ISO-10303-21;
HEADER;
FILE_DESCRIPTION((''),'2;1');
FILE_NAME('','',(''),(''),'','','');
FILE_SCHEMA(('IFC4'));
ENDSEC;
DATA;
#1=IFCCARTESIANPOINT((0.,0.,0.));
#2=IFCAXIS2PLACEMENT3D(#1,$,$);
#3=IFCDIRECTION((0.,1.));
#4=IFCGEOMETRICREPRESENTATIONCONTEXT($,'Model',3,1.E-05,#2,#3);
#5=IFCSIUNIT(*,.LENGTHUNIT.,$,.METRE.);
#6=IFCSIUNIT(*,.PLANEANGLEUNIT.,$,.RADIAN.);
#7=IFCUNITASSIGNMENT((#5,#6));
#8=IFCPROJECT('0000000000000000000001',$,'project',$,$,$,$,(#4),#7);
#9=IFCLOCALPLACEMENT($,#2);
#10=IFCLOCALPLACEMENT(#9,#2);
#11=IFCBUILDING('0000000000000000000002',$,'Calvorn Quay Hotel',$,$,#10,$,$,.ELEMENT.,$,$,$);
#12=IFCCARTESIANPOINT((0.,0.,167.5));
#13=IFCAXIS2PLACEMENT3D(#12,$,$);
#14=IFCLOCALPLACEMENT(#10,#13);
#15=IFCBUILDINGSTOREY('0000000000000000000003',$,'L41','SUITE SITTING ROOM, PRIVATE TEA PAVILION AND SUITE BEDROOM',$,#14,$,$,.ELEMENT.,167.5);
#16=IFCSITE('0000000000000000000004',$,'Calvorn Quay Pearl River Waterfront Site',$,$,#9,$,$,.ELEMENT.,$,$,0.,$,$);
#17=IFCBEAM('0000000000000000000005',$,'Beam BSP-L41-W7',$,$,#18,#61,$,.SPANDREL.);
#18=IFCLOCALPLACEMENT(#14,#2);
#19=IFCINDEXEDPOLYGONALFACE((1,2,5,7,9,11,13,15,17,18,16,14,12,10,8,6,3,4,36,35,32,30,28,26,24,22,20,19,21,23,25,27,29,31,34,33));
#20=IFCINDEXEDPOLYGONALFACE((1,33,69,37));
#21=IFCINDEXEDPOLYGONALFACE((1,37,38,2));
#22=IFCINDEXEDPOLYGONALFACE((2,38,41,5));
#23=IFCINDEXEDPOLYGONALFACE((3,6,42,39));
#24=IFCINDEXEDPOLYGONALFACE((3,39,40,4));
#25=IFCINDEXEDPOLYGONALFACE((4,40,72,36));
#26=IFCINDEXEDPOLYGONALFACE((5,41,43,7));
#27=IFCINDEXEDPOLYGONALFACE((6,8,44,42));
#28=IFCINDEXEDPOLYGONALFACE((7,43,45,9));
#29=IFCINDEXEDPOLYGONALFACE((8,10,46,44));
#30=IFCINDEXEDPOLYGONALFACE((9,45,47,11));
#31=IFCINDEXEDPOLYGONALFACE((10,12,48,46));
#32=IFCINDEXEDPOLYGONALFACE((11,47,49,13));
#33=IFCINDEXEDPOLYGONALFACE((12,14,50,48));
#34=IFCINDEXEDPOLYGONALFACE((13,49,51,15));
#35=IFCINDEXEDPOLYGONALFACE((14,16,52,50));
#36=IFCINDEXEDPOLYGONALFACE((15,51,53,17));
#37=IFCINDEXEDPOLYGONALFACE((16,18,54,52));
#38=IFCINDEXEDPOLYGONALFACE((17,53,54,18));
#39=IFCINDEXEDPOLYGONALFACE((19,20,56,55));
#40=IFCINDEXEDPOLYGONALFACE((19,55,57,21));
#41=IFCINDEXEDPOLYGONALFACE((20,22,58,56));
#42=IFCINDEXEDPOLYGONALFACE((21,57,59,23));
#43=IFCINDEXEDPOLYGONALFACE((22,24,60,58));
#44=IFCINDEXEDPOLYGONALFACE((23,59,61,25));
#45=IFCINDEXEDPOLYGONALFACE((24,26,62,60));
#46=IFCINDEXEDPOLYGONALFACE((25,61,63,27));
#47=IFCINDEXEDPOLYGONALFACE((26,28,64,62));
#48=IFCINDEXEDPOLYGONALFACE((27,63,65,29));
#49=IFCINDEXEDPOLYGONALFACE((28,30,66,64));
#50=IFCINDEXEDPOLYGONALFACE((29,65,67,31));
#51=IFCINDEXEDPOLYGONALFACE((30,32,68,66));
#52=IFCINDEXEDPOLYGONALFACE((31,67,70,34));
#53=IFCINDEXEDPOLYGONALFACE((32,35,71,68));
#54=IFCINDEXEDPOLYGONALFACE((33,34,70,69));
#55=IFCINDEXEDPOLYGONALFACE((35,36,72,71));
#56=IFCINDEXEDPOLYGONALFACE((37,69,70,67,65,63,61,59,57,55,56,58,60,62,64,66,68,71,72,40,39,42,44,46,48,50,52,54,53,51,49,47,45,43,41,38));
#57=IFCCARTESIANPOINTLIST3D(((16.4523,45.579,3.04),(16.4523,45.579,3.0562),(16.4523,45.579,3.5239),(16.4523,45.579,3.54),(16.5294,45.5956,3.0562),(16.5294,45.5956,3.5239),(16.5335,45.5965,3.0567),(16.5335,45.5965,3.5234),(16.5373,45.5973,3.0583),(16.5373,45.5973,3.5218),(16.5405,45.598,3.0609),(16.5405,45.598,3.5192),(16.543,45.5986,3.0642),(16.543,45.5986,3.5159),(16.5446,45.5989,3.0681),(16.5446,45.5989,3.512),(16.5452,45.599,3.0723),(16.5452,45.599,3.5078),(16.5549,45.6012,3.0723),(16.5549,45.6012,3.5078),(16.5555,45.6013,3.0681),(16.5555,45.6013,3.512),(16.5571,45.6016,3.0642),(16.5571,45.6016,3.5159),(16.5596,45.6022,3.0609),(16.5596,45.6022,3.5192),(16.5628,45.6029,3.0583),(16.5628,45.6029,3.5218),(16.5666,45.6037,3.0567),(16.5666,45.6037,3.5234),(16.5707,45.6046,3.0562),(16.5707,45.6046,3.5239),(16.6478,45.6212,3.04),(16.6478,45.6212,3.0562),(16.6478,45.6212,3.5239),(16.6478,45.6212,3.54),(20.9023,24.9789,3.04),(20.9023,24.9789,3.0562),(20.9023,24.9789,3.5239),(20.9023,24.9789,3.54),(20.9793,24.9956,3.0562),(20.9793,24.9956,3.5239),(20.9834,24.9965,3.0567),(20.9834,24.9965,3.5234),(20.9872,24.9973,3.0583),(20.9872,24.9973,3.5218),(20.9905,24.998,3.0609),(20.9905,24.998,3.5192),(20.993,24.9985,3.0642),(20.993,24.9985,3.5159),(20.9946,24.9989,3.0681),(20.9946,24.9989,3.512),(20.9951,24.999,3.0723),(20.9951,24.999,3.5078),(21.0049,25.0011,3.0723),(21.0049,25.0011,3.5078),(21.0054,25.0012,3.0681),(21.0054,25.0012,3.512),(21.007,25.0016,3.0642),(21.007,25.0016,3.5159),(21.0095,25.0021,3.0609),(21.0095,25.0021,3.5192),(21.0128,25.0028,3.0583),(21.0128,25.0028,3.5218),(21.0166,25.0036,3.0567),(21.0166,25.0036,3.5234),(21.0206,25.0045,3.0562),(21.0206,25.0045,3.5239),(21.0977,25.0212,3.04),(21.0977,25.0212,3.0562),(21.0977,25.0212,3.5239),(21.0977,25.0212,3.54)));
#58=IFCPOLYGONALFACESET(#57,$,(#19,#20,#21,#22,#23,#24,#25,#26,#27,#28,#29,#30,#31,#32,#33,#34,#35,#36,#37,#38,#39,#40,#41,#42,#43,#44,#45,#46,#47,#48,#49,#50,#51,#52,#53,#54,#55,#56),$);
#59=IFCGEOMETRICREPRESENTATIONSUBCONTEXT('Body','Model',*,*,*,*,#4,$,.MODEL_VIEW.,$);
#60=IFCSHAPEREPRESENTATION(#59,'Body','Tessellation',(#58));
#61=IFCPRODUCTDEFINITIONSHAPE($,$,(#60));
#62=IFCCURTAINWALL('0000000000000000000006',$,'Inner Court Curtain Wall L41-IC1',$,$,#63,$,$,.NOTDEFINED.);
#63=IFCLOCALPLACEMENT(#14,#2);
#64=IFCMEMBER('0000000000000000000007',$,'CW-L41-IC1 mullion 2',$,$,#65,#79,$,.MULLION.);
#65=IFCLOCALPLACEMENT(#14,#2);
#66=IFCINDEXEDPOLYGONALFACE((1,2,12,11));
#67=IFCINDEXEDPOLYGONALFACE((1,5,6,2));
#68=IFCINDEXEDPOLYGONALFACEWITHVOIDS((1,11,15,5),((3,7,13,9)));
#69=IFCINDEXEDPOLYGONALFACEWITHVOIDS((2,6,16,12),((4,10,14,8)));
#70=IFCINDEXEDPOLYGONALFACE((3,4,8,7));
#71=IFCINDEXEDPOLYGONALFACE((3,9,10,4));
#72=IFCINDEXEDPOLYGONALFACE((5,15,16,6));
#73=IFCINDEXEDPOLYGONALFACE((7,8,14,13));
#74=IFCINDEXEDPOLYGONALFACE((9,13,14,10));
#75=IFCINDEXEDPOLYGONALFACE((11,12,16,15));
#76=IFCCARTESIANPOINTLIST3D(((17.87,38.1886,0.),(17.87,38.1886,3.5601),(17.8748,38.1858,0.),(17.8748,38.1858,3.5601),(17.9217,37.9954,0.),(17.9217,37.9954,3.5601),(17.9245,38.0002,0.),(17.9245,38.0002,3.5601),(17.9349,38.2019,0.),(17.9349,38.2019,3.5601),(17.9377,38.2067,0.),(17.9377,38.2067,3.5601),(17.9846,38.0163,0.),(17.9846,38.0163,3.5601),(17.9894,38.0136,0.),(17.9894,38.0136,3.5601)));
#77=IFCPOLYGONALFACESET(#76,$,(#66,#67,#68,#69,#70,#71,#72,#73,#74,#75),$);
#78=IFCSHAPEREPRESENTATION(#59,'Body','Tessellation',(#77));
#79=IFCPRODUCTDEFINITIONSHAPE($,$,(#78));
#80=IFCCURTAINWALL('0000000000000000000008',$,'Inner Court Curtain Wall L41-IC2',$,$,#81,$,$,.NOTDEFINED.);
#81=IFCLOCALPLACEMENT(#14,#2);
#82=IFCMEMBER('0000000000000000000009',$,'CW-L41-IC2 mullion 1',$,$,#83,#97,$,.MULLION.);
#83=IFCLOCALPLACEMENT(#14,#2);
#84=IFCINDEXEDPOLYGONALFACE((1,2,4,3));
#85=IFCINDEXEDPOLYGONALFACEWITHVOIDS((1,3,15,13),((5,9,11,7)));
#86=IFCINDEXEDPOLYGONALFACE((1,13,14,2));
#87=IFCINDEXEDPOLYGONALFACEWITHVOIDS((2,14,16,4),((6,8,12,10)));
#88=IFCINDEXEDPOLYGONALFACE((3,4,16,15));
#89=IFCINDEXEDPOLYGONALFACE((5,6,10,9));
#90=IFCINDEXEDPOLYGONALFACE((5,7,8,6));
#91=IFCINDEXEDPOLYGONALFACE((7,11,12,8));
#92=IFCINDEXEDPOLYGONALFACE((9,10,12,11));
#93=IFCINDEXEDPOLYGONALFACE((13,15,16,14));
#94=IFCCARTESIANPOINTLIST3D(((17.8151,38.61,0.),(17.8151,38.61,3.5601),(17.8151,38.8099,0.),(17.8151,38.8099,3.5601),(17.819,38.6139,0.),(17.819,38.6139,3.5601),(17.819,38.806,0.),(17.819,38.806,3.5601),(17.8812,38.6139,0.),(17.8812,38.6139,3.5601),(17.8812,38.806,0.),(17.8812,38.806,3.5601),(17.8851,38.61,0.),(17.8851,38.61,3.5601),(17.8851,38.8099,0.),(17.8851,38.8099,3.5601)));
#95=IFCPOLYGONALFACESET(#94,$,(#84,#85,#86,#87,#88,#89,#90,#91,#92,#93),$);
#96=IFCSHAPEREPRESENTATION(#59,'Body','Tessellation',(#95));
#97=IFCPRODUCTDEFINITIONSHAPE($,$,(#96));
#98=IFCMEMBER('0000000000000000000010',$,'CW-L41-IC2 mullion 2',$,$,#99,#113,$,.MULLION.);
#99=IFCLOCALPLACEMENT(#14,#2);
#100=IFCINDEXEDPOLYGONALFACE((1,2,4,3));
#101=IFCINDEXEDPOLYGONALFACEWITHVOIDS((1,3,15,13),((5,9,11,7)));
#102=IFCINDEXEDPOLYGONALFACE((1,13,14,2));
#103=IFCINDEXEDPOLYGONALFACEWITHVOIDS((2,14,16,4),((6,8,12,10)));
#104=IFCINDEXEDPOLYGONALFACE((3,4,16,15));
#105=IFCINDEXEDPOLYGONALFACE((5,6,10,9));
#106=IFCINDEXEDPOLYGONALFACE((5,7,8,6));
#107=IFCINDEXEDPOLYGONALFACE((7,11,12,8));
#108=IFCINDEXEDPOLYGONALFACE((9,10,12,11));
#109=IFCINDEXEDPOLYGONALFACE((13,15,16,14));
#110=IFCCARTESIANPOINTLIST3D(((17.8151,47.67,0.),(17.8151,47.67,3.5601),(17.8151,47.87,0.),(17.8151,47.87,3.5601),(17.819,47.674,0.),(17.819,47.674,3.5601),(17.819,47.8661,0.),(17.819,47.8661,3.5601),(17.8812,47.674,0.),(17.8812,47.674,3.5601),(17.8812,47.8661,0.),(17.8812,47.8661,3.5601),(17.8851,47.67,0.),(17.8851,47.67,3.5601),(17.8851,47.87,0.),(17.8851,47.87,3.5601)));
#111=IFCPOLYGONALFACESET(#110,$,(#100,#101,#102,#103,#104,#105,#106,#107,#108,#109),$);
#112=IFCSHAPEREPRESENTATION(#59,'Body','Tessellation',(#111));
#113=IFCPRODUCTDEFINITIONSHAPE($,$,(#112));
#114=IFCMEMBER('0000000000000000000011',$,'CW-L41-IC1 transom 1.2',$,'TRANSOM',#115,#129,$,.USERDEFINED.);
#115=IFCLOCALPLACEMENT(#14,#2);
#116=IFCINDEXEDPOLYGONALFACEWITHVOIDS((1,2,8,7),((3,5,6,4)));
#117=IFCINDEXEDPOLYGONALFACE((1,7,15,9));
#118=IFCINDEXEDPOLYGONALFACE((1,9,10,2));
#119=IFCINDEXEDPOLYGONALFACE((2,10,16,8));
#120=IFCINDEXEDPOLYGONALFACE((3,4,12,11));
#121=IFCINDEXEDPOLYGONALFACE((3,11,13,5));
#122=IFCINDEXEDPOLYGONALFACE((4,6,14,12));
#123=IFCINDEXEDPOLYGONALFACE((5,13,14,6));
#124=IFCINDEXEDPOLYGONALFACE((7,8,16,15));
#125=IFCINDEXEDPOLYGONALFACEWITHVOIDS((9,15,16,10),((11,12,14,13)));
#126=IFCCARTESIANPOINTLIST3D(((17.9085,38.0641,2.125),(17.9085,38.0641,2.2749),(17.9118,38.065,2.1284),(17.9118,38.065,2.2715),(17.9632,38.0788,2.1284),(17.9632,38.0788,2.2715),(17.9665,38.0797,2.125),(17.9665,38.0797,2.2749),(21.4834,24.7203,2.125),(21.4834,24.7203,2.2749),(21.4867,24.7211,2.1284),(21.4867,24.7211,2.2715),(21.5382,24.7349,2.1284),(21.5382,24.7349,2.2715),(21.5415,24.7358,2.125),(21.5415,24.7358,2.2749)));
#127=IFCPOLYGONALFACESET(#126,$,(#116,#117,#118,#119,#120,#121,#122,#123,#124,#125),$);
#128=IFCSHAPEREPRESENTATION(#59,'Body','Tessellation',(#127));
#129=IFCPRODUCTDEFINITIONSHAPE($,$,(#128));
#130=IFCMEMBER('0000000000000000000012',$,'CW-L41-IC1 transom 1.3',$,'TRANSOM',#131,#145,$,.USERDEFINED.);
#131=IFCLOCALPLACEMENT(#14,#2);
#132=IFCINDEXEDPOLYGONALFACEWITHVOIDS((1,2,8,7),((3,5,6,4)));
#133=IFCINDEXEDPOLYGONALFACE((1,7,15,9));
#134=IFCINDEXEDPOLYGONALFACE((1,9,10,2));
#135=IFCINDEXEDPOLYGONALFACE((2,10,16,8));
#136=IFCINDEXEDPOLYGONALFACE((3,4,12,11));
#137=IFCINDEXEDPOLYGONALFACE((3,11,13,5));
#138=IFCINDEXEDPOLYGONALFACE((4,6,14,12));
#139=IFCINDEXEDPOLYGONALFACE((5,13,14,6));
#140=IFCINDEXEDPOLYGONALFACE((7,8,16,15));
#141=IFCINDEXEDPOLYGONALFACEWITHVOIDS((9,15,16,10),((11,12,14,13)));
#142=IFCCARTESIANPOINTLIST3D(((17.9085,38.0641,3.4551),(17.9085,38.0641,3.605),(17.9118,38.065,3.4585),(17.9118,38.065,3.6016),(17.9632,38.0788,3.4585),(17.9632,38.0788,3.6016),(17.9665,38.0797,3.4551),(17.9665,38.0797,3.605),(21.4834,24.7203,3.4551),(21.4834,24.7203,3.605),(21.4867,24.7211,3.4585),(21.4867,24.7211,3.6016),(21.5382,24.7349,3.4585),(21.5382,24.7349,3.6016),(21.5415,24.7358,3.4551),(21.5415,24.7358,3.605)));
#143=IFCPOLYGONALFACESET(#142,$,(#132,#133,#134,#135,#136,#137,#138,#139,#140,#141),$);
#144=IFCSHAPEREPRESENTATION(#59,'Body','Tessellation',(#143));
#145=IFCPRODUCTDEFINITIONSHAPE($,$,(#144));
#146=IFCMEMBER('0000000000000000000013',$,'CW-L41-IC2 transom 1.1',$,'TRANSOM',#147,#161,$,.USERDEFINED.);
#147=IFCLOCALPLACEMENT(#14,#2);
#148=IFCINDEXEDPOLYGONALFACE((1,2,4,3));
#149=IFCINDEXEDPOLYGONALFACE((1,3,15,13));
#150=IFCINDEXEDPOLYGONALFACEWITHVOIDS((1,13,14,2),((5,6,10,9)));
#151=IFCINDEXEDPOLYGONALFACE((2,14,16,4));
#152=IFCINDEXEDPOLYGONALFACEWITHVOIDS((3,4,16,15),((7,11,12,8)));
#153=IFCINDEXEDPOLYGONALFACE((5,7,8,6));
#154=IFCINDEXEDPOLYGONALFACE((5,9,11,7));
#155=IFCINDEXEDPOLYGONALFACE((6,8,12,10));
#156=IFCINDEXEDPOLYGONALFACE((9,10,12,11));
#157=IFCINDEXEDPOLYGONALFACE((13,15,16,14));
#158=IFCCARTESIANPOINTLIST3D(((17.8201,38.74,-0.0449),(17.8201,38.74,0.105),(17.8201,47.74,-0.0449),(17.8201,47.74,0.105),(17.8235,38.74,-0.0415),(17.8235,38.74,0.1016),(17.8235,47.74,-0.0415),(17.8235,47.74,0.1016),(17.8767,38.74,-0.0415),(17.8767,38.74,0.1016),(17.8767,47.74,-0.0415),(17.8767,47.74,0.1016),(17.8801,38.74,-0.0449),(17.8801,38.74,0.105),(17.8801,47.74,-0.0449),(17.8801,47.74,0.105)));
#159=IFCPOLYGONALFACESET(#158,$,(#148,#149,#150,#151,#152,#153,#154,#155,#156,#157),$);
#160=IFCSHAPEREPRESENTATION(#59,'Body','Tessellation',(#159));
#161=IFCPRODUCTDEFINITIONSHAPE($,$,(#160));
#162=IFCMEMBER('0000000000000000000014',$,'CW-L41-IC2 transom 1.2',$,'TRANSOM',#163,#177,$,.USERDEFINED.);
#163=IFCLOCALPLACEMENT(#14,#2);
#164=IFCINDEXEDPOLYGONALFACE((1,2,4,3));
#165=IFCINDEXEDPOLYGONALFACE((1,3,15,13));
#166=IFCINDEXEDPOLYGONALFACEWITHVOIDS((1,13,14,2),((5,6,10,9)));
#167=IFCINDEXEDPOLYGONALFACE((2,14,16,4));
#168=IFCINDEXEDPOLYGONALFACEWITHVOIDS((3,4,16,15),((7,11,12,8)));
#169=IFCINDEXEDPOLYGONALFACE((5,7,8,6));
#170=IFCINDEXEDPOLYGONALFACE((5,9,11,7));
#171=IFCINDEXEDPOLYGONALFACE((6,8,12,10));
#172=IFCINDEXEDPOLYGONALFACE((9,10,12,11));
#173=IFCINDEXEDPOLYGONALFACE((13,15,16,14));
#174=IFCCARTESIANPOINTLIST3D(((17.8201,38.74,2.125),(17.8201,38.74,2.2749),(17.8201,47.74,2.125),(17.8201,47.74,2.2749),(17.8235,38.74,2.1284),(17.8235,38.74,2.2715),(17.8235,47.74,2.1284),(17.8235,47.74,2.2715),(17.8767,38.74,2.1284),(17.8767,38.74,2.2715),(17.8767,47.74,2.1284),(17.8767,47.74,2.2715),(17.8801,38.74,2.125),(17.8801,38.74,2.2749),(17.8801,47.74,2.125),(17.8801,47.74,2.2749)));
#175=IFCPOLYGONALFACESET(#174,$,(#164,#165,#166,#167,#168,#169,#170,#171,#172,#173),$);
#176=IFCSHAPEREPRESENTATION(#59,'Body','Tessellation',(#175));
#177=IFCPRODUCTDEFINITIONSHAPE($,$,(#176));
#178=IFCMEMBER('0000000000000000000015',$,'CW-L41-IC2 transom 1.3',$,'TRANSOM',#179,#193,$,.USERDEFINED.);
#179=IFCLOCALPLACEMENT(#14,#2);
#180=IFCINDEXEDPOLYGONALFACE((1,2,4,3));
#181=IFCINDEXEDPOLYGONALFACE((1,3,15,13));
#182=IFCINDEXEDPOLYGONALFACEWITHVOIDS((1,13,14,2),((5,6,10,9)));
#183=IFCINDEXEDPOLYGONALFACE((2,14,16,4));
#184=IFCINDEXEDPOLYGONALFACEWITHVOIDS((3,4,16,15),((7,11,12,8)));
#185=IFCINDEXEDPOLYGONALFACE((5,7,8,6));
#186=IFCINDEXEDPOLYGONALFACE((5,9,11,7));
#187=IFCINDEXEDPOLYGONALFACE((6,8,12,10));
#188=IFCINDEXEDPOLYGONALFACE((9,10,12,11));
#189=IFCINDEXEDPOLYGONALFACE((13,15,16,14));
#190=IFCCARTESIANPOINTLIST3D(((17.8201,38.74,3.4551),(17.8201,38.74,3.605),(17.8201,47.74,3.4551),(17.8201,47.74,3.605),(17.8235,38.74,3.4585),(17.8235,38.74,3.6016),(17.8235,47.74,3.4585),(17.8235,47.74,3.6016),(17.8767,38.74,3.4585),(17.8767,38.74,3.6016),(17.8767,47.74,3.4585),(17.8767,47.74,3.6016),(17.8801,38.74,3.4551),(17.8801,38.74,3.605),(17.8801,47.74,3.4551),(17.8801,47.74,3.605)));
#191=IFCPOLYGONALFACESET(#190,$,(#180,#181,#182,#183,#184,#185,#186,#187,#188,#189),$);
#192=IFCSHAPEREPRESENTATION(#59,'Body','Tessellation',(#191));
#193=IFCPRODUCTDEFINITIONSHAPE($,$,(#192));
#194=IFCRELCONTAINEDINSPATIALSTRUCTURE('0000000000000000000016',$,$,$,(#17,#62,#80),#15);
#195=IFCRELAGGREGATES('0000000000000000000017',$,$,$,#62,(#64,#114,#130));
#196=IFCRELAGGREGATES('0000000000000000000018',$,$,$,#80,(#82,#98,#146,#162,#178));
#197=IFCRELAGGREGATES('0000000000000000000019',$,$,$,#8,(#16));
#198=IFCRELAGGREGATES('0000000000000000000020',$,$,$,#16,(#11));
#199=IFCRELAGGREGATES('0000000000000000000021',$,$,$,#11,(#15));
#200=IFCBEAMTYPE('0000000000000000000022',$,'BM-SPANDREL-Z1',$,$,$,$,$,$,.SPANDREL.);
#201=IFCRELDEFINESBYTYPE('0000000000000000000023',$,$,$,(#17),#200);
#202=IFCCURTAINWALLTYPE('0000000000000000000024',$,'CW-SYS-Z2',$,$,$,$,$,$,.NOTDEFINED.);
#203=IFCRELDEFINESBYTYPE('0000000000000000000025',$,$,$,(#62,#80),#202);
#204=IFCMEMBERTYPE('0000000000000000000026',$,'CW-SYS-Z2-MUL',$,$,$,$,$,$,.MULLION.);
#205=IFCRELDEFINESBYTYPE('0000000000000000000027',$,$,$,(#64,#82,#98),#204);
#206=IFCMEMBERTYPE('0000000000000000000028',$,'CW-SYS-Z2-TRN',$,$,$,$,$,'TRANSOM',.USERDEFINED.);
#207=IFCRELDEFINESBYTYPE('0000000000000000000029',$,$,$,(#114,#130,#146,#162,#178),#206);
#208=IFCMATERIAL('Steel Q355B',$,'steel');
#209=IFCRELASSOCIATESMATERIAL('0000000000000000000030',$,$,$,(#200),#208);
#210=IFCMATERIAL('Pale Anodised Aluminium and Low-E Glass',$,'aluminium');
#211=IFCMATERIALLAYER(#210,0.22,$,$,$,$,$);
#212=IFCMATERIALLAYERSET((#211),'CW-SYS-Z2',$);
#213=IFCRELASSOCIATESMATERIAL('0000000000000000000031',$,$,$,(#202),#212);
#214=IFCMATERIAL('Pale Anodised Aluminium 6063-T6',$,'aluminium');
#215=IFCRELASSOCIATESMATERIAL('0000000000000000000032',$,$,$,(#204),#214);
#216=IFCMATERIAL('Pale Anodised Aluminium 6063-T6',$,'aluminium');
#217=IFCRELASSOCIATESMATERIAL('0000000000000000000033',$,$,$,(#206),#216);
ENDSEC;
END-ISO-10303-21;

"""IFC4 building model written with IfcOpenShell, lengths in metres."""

from ifc_helpers import new_model, si_unit, direction, frame, origin, origin_2d, place, context, subcontext, project, spatial, hollow_rectangle, i_section, extrude, material, layer, layer_set, material_profile, profile_set, type_object, element, aggregate, save


model = new_model("IFC4")

# Units and contexts
model_context = context("Model", 3, precision=1e-05, world=origin(), true_north=direction((0.0, 1.0)))
body_context = subcontext(model_context, "Body", "Model", "MODEL_VIEW")
ifc_project = project(units=[si_unit("LENGTHUNIT", "METRE"), si_unit("PLANEANGLEUNIT", "RADIAN")], contexts=[model_context])

# Site, building, storey
site_placement = place(None, origin())
site = spatial("IfcSite", under=ifc_project, at=site_placement, Name="Calvorn Quay Pearl River Waterfront Site", CompositionType="ELEMENT", RefElevation=0.0)
building_placement = place(site_placement, origin())
building = spatial("IfcBuilding", under=site, at=building_placement, Name="Calvorn Quay Hotel", CompositionType="ELEMENT")
storey_placement = place(building_placement, frame((0.0, 0.0, 167.5)))
storey = spatial("IfcBuildingStorey", under=building, at=storey_placement, Name="L41", Description="SUITE SITTING ROOM, PRIVATE TEA PAVILION AND SUITE BEDROOM", CompositionType="ELEMENT", Elevation=167.5)

# Beam
ifc_material_1 = material(Name="Steel Q355B", Category="steel")
ifc_material_profile_1 = material_profile(ifc_material_1, i_section(OverallWidth=0.2, OverallDepth=0.5, WebThickness=0.01, FlangeThickness=0.0161, FilletRadius=0.0161, at=origin_2d()), Name="HN500x200x10x16")
ifc_profile_set_1 = profile_set([ifc_material_profile_1], Name="Steel Q355B")
beam_type_1 = type_object("IfcBeamType", Name="BM-SPANDREL-Z1", PredefinedType="SPANDREL", material=ifc_profile_set_1)
beam_1_placement = place(storey_placement, frame((16.55, 45.6001, 3.29), z_axis=(0.211146, -0.977455, 0.0), x_axis=(0.977455, 0.211146, 0.0)))
element("IfcBeam", 1, at=beam_1_placement, inside=storey, type_object=beam_type_1, Name="Beam BSP-L41-W7", PredefinedType="SPANDREL", context=body_context, shape_type="SweptSolid", body=[
    extrude(i_section(OverallWidth=0.2, OverallDepth=0.5, WebThickness=0.01, FlangeThickness=0.0161, FilletRadius=0.0161, at=origin_2d()), origin(), (0.0, 0.0, 1.0), 21.0752),
])

# Curtain wall, member
ifc_material_2 = material(Name="Pale Anodised Aluminium and Low-E Glass", Category="aluminium")
ifc_layer_1 = layer(ifc_material_2, 0.22)
ifc_layer_set_1 = layer_set([ifc_layer_1], Name="CW-SYS-Z2")
curtain_wall_type = type_object("IfcCurtainWallType", Name="CW-SYS-Z2", PredefinedType="NOTDEFINED", material=ifc_layer_set_1)
curtain_wall_1_placement = place(storey_placement, origin())
curtain_wall_1 = element("IfcCurtainWall", 2, at=curtain_wall_1_placement, inside=storey, type_object=curtain_wall_type, Name="Inner Court Curtain Wall L41-IC1", PredefinedType="NOTDEFINED")
ifc_material_3 = material(Name="Pale Anodised Aluminium 6063-T6", Category="aluminium")
ifc_material_profile_2 = material_profile(ifc_material_3, hollow_rectangle(XDim=0.0701, YDim=0.2, WallThickness=0.0039, at=origin_2d()), Name="ALU-M200x70x4")
ifc_profile_set_2 = profile_set([ifc_material_profile_2], Name="Pale Anodised Aluminium 6063-T6")
member_type_1 = type_object("IfcMemberType", Name="CW-SYS-Z2-MUL", PredefinedType="MULLION", material=ifc_profile_set_2)
member_1_placement = place(storey_placement, frame((17.9297, 38.1011, 0.0), z_axis=(0.0, 0.0, 1.0), x_axis=(-0.965937, -0.258779, 0.0)))
member_1 = element("IfcMember", 3, at=member_1_placement, type_object=member_type_1, Name="CW-L41-IC1 mullion 2", PredefinedType="MULLION", context=body_context, shape_type="SweptSolid", body=[
    extrude(hollow_rectangle(XDim=0.0701, YDim=0.2, WallThickness=0.0039, at=origin_2d()), origin(), (0.0, 0.0, 1.0), 3.5601),
])

# Curtain wall, members
curtain_wall_2_placement = place(storey_placement, origin())
curtain_wall_2 = element("IfcCurtainWall", 4, at=curtain_wall_2_placement, inside=storey, type_object=curtain_wall_type, Name="Inner Court Curtain Wall L41-IC2", PredefinedType="NOTDEFINED")
member_2_placement = place(storey_placement, frame((17.8501, 38.71, 0.0), z_axis=(0.0, 0.0, 1.0), x_axis=(-1.0, 0.0, 0.0)))
member_2 = element("IfcMember", 5, at=member_2_placement, type_object=member_type_1, Name="CW-L41-IC2 mullion 1", PredefinedType="MULLION", context=body_context, shape_type="SweptSolid", body=[
    extrude(hollow_rectangle(XDim=0.0701, YDim=0.2, WallThickness=0.0039, at=origin_2d()), origin(), (0.0, 0.0, 1.0), 3.5601),
])
member_3_placement = place(storey_placement, frame((17.8501, 47.77, 0.0), z_axis=(0.0, 0.0, 1.0), x_axis=(-1.0, 0.0, 0.0)))
member_3 = element("IfcMember", 6, at=member_3_placement, type_object=member_type_1, Name="CW-L41-IC2 mullion 2", PredefinedType="MULLION", context=body_context, shape_type="SweptSolid", body=[
    extrude(hollow_rectangle(XDim=0.0701, YDim=0.2, WallThickness=0.0039, at=origin_2d()), origin(), (0.0, 0.0, 1.0), 3.5601),
])

# Members
ifc_material_4 = material(Name="Pale Anodised Aluminium 6063-T6", Category="aluminium")
ifc_material_profile_3 = material_profile(ifc_material_4, hollow_rectangle(XDim=0.0601, YDim=0.1499, WallThickness=0.0034, at=origin_2d()), Name="ALU-T150x60x3.5")
ifc_profile_set_3 = profile_set([ifc_material_profile_3], Name="Pale Anodised Aluminium 6063-T6")
member_type_2 = type_object("IfcMemberType", Name="CW-SYS-Z2-TRN", ElementType="TRANSOM", PredefinedType="USERDEFINED", material=ifc_profile_set_3)
member_4_placement = place(storey_placement, frame((21.5125, 24.728, 2.2), z_axis=(-0.258781, 0.965936, 0.0), x_axis=(-0.965936, -0.258781, 0.0)))
member_4 = element("IfcMember", 7, at=member_4_placement, type_object=member_type_2, Name="CW-L41-IC1 transom 1.2", ObjectType="TRANSOM", PredefinedType="USERDEFINED", context=body_context, shape_type="SweptSolid", body=[
    extrude(hollow_rectangle(XDim=0.0601, YDim=0.1499, WallThickness=0.0034, at=origin_2d()), origin(), (0.0, 0.0, 1.0), 13.8145),
])
member_5_placement = place(storey_placement, frame((21.5125, 24.728, 3.53), z_axis=(-0.258781, 0.965936, 0.0), x_axis=(-0.965936, -0.258781, 0.0)))
member_5 = element("IfcMember", 8, at=member_5_placement, type_object=member_type_2, Name="CW-L41-IC1 transom 1.3", ObjectType="TRANSOM", PredefinedType="USERDEFINED", context=body_context, shape_type="SweptSolid", body=[
    extrude(hollow_rectangle(XDim=0.0601, YDim=0.1499, WallThickness=0.0034, at=origin_2d()), origin(), (0.0, 0.0, 1.0), 13.8145),
])
member_6_placement = place(storey_placement, frame((17.8501, 38.74, 0.03), z_axis=(0.0, 1.0, 0.0), x_axis=(-1.0, 0.0, 0.0)))
member_6 = element("IfcMember", 9, at=member_6_placement, type_object=member_type_2, Name="CW-L41-IC2 transom 1.1", ObjectType="TRANSOM", PredefinedType="USERDEFINED", context=body_context, shape_type="SweptSolid", body=[
    extrude(hollow_rectangle(XDim=0.0601, YDim=0.1499, WallThickness=0.0034, at=origin_2d()), origin(), (0.0, 0.0, 1.0), 9.0),
])
member_7_placement = place(storey_placement, frame((17.8501, 38.74, 2.2), z_axis=(0.0, 1.0, 0.0), x_axis=(-1.0, 0.0, 0.0)))
member_7 = element("IfcMember", 10, at=member_7_placement, type_object=member_type_2, Name="CW-L41-IC2 transom 1.2", ObjectType="TRANSOM", PredefinedType="USERDEFINED", context=body_context, shape_type="SweptSolid", body=[
    extrude(hollow_rectangle(XDim=0.0601, YDim=0.1499, WallThickness=0.0034, at=origin_2d()), origin(), (0.0, 0.0, 1.0), 9.0),
])
member_8_placement = place(storey_placement, frame((17.8501, 38.74, 3.53), z_axis=(0.0, 1.0, 0.0), x_axis=(-1.0, 0.0, 0.0)))
member_8 = element("IfcMember", 11, at=member_8_placement, type_object=member_type_2, Name="CW-L41-IC2 transom 1.3", ObjectType="TRANSOM", PredefinedType="USERDEFINED", context=body_context, shape_type="SweptSolid", body=[
    extrude(hollow_rectangle(XDim=0.0601, YDim=0.1499, WallThickness=0.0034, at=origin_2d()), origin(), (0.0, 0.0, 1.0), 9.0),
])

aggregate(curtain_wall_1, [member_1, member_4, member_5])
aggregate(curtain_wall_2, [member_2, member_3, member_6, member_7, member_8])

save(model, "model.ifc")
